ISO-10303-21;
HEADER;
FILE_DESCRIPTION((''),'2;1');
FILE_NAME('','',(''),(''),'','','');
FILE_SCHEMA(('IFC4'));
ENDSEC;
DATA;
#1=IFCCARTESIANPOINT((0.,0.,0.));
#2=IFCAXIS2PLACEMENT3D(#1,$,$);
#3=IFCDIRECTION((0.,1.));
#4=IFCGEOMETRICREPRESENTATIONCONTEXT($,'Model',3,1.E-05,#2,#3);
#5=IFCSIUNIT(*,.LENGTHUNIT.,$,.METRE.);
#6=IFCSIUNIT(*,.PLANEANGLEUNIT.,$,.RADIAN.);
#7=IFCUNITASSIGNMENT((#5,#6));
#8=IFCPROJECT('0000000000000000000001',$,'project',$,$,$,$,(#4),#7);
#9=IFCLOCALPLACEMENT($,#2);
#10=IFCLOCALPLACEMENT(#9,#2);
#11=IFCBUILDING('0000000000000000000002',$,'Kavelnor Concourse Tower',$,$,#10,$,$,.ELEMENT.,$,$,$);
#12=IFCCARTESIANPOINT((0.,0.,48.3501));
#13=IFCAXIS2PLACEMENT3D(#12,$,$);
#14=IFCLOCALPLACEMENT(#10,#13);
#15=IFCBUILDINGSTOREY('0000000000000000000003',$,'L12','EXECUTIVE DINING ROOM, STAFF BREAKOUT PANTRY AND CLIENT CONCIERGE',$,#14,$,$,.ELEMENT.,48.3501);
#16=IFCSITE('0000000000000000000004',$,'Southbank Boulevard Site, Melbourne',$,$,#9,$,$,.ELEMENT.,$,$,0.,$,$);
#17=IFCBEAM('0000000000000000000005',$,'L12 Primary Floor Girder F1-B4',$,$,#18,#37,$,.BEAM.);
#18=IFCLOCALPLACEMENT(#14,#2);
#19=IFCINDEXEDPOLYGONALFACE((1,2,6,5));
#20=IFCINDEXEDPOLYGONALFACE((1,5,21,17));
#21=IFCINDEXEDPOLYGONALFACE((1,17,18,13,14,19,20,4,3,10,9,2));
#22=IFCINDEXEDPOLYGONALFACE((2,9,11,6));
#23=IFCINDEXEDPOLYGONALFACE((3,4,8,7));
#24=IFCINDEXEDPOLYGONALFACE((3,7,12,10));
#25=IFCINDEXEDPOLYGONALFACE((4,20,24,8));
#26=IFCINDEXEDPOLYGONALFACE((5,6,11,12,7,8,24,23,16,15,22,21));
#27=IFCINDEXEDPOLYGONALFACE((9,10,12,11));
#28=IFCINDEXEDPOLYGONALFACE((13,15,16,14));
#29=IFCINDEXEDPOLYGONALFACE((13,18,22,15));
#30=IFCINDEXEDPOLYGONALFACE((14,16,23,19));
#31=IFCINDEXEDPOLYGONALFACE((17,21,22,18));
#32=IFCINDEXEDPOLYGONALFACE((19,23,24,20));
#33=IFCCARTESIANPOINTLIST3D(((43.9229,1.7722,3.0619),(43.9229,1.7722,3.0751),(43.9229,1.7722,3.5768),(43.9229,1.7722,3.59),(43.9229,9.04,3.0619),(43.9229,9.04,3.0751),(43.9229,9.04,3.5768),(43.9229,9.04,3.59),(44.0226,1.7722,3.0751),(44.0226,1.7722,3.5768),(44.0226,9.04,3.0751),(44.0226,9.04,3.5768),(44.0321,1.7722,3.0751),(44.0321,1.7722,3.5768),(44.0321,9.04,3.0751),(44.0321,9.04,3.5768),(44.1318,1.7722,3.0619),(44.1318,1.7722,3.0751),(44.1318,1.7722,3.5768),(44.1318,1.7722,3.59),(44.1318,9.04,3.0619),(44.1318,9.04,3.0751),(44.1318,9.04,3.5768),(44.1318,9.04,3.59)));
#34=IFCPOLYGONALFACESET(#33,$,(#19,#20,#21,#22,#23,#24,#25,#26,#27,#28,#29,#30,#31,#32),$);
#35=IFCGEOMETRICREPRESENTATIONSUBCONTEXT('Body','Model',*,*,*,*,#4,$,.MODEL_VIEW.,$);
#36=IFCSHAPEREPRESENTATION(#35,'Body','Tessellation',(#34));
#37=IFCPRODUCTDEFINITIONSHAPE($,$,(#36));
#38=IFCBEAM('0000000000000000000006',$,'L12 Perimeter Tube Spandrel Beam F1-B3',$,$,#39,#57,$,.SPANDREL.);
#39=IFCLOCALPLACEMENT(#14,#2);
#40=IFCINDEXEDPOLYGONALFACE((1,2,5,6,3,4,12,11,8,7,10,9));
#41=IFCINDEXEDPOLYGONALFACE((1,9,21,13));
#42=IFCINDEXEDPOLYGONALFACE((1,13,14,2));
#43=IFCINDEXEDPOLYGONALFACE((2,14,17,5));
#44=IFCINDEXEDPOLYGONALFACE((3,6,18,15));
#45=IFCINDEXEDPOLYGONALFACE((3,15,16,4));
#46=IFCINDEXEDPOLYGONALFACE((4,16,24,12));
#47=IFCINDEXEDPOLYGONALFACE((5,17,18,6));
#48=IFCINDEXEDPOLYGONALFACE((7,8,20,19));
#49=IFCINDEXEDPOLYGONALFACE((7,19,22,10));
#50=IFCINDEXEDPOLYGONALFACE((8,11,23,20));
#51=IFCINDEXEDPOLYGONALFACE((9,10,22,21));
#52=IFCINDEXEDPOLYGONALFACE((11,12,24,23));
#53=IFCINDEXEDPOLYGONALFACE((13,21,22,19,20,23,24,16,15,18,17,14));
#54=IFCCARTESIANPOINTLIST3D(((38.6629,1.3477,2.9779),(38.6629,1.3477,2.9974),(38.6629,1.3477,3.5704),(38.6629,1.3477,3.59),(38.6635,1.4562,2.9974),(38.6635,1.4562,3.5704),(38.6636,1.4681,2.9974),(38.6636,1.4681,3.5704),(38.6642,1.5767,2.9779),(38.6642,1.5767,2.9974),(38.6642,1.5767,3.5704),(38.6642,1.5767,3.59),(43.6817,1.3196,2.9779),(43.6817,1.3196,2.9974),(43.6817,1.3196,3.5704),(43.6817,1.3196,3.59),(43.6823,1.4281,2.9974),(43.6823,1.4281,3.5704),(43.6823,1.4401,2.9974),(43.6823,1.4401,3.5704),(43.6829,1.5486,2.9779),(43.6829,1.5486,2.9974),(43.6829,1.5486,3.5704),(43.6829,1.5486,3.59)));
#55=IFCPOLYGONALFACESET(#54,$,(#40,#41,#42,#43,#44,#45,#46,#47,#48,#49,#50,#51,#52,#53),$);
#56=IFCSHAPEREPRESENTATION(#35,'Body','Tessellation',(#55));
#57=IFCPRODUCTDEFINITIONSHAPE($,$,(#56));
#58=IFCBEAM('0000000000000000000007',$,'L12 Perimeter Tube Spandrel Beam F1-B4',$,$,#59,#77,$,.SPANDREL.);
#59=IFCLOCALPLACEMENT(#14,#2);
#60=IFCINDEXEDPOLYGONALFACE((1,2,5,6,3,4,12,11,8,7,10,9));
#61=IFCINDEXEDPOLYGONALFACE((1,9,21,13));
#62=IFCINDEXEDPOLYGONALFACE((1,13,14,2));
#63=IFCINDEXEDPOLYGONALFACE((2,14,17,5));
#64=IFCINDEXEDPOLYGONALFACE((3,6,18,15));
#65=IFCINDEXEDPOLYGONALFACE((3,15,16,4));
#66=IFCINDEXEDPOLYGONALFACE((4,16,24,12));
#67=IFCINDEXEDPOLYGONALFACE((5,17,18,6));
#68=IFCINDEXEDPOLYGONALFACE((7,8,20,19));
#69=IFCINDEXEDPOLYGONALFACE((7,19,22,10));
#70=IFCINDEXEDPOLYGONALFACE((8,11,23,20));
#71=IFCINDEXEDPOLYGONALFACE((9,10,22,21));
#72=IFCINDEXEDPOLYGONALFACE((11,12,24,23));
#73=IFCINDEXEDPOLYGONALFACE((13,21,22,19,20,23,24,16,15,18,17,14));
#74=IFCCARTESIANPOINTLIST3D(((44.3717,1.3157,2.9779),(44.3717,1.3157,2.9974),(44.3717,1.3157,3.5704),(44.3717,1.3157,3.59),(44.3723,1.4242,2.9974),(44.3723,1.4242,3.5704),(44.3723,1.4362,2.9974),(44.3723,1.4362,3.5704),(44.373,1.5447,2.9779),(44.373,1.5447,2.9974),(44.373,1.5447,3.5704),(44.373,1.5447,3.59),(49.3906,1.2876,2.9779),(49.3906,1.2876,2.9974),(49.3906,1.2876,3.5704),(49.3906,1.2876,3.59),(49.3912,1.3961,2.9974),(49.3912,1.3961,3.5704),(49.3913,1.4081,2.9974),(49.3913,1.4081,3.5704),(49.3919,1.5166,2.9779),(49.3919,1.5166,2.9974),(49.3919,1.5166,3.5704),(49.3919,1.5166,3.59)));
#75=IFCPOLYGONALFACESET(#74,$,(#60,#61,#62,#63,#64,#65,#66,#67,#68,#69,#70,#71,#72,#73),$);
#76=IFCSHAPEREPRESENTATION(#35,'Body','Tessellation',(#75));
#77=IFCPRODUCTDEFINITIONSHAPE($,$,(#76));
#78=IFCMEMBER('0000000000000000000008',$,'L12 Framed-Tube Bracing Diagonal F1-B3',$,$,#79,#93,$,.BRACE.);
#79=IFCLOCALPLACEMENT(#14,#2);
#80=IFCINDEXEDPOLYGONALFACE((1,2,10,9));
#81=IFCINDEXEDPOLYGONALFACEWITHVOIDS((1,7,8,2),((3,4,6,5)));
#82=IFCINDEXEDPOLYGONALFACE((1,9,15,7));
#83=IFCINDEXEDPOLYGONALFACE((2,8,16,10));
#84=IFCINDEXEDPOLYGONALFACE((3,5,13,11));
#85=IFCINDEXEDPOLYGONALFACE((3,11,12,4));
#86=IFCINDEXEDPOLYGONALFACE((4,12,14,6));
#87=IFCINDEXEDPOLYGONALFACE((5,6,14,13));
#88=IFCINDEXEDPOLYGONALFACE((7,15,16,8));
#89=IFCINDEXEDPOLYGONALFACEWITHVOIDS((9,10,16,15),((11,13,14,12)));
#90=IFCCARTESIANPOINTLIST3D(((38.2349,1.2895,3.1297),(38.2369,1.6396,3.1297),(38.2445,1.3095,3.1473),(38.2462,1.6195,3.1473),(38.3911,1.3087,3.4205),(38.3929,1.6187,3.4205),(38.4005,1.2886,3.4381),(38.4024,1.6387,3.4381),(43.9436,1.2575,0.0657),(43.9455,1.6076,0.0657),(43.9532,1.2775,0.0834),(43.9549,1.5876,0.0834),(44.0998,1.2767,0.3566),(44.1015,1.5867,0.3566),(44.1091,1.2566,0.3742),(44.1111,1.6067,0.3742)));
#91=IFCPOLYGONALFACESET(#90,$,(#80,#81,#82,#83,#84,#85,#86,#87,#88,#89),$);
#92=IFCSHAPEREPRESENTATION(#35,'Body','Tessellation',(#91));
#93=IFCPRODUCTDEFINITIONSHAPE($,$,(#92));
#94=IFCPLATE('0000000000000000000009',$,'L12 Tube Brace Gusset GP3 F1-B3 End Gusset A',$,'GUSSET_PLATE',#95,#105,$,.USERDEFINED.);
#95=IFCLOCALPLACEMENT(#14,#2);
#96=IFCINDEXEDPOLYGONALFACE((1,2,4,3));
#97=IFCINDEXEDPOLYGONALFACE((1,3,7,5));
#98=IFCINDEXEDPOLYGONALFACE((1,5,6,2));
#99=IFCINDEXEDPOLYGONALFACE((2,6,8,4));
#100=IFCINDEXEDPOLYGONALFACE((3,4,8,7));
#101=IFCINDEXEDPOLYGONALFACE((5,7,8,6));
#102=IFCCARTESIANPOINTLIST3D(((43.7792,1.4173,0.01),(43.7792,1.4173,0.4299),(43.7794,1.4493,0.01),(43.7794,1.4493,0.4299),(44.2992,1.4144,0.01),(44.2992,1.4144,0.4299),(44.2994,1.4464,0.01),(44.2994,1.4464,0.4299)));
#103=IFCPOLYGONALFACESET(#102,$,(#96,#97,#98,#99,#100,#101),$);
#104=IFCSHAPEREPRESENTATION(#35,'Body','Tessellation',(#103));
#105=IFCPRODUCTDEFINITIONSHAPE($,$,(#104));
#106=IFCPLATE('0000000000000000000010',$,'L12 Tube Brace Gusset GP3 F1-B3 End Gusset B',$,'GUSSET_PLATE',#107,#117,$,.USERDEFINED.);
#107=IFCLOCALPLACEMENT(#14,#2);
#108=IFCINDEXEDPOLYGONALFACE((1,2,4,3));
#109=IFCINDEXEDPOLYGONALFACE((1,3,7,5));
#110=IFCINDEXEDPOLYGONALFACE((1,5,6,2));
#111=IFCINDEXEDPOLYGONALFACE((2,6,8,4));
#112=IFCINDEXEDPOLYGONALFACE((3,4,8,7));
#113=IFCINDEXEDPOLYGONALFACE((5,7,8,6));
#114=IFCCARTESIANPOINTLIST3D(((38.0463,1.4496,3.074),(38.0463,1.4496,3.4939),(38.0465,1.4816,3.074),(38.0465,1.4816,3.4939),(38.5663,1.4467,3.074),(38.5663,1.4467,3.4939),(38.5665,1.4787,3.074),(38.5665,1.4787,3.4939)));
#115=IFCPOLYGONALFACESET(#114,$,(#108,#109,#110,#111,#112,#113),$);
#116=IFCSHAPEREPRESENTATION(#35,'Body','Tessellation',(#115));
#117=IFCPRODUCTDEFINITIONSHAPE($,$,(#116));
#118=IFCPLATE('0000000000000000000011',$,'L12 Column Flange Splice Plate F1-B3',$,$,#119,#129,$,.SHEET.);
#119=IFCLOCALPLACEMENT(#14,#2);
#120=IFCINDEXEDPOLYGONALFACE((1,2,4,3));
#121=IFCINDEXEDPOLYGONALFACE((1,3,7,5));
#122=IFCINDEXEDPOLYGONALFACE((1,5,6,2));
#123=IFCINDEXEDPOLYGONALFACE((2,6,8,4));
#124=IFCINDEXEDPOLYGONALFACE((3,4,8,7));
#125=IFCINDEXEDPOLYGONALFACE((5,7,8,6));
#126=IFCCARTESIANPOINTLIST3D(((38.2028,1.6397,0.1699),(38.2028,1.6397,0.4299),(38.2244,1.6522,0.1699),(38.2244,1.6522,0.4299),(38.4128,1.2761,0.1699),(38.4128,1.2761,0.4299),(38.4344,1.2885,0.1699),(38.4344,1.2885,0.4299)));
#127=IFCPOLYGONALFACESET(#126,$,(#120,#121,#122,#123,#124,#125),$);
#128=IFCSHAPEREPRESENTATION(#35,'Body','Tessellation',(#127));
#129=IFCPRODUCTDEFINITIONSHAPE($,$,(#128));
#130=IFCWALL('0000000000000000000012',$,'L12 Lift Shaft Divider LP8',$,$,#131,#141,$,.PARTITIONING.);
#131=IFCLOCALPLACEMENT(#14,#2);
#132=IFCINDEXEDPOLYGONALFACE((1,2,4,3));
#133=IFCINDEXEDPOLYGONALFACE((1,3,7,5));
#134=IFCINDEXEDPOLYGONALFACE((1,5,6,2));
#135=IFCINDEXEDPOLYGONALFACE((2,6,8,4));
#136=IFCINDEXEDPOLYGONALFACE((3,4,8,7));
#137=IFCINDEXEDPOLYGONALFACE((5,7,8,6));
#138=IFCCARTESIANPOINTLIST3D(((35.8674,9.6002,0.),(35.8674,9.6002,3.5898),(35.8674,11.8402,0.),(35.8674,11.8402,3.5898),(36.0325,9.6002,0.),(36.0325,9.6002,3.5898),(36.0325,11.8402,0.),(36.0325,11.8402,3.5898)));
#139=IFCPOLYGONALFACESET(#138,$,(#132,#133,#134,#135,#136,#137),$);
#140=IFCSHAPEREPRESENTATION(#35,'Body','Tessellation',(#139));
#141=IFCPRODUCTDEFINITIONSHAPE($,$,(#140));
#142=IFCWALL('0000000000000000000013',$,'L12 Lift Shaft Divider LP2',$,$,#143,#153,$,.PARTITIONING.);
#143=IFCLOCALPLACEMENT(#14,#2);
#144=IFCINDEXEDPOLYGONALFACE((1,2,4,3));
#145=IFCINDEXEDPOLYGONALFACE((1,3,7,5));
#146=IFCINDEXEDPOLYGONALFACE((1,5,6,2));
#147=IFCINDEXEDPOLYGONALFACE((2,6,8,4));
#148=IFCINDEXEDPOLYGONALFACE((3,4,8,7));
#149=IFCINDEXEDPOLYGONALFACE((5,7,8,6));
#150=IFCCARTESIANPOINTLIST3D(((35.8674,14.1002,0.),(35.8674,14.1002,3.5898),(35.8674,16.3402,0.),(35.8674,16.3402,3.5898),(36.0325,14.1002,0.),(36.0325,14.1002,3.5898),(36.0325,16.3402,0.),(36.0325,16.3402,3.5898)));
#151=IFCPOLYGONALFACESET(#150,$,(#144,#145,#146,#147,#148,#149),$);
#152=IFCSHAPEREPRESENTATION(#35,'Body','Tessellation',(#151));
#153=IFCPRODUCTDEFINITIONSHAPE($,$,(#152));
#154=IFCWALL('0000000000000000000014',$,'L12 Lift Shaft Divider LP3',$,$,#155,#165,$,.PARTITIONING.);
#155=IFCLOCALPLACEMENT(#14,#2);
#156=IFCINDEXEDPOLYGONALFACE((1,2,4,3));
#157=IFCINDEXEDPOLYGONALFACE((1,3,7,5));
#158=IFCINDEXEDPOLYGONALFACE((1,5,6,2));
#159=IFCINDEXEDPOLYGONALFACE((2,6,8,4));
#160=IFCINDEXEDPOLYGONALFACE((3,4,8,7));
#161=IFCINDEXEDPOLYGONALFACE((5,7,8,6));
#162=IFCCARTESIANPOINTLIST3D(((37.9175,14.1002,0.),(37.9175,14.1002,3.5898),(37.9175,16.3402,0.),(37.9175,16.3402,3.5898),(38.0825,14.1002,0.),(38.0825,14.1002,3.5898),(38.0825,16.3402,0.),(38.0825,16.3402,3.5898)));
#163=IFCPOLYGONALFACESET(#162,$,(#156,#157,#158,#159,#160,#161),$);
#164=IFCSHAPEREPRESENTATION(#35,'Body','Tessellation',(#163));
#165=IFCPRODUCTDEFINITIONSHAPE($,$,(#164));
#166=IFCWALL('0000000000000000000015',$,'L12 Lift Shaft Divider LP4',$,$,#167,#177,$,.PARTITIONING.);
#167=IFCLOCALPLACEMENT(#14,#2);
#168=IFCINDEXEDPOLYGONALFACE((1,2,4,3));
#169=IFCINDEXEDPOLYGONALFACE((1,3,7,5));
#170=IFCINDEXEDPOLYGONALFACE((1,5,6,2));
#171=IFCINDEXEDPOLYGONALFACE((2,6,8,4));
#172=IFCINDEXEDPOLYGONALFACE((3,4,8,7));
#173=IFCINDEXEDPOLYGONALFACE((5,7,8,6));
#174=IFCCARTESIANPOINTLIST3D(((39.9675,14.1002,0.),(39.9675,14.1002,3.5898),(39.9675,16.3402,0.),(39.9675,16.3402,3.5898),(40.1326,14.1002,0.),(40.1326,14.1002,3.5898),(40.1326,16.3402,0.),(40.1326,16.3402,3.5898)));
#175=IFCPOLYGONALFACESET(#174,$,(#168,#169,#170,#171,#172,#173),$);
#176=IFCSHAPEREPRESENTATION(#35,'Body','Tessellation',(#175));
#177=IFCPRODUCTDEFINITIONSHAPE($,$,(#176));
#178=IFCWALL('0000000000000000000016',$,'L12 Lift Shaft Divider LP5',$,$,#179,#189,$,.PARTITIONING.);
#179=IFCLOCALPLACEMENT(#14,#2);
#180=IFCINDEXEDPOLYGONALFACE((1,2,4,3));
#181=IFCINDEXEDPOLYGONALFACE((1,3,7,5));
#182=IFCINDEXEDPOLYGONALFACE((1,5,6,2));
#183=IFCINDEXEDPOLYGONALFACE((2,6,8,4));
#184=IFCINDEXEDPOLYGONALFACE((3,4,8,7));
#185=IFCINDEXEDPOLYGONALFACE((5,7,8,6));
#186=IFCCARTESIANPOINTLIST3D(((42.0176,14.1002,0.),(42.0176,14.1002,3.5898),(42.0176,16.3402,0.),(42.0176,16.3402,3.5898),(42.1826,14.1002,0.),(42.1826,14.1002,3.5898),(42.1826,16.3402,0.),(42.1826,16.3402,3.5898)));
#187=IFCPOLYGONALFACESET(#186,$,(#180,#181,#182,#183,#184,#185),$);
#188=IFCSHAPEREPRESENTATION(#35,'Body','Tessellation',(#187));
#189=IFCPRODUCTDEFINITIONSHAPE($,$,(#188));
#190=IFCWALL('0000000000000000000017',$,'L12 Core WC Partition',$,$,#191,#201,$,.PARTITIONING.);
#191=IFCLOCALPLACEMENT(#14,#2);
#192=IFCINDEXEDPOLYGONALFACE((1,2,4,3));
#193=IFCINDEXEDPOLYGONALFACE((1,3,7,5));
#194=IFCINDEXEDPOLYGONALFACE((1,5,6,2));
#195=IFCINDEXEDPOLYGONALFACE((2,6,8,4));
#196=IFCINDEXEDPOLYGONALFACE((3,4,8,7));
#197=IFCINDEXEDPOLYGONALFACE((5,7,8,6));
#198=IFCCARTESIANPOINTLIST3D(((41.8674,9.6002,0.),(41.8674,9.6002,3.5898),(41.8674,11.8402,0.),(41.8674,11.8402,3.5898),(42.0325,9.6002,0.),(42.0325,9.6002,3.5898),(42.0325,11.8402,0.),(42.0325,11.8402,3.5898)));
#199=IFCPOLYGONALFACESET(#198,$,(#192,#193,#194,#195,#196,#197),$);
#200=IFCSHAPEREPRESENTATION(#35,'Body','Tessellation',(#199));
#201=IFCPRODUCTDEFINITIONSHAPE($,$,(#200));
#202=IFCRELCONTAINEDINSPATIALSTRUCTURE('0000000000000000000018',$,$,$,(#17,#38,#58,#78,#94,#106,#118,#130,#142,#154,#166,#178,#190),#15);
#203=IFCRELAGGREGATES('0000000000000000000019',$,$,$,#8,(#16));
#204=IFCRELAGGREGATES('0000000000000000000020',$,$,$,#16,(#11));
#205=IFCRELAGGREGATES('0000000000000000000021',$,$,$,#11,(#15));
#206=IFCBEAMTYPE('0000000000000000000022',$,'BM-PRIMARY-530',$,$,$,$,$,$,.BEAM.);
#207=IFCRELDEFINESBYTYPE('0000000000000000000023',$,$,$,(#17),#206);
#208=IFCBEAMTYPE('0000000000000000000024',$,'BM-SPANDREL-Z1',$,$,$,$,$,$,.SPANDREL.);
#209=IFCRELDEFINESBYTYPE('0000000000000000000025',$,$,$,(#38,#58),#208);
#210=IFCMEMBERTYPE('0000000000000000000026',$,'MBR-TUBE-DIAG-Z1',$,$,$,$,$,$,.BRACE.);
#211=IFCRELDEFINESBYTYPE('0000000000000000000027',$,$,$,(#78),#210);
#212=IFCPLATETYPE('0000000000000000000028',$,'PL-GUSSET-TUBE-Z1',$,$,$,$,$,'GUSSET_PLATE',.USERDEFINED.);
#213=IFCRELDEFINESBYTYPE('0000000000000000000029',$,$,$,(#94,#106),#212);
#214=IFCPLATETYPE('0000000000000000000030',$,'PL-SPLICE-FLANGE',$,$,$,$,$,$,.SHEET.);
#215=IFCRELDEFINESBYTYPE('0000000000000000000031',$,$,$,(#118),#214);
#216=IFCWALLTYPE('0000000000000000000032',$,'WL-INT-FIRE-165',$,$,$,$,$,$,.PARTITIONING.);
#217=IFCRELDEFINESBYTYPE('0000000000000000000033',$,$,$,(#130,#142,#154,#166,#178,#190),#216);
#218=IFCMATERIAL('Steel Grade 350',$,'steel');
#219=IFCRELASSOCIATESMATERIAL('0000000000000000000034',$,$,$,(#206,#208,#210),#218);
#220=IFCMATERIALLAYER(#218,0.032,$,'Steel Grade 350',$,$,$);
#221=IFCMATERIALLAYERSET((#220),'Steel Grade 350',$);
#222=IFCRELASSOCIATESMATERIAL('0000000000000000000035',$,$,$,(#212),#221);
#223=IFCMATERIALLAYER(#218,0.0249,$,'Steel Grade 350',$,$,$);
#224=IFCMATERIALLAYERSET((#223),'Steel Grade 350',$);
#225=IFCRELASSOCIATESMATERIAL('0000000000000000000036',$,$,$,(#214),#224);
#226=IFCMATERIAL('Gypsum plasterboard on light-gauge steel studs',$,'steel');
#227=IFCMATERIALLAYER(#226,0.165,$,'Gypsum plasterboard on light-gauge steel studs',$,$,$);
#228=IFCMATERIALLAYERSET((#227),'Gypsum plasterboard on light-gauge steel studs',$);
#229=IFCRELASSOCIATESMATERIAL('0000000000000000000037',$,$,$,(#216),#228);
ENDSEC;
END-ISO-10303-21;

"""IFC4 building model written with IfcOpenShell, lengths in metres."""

from ifc_helpers import new_model, si_unit, direction, frame, frame_2d, origin, origin_2d, place, context, subcontext, project, spatial, rectangle, hollow_rectangle, i_section, extrude, material, layer, layer_set, material_profile, profile_set, type_object, element, save


model = new_model("IFC4")

# Units and contexts
model_context = context("Model", 3, precision=1e-05, world=origin(), true_north=direction((0.0, 1.0)))
body_context = subcontext(model_context, "Body", "Model", "MODEL_VIEW")
ifc_project = project(units=[si_unit("LENGTHUNIT", "METRE"), si_unit("PLANEANGLEUNIT", "RADIAN")], contexts=[model_context])

# Site, building, storey
site_placement = place(None, origin())
site = spatial("IfcSite", under=ifc_project, at=site_placement, Name="Southbank Boulevard Site, Melbourne", CompositionType="ELEMENT", RefElevation=0.0)
building_placement = place(site_placement, origin())
building = spatial("IfcBuilding", under=site, at=building_placement, Name="Kavelnor Concourse Tower", CompositionType="ELEMENT")
storey_placement = place(building_placement, frame((0.0, 0.0, 48.3501)))
storey = spatial("IfcBuildingStorey", under=building, at=storey_placement, Name="L12", Description="EXECUTIVE DINING ROOM, STAFF BREAKOUT PANTRY AND CLIENT CONCIERGE", CompositionType="ELEMENT", Elevation=48.3501)

# Shared definitions
ifc_material_1 = material(Name="Steel Grade 350", Category="steel")

# Beams
ifc_material_profile_1 = material_profile(ifc_material_1, i_section(OverallWidth=0.209, OverallDepth=0.5281, WebThickness=0.0095, FlangeThickness=0.0132, at=origin_2d()), Name="530UB82")
ifc_profile_set_1 = profile_set([ifc_material_profile_1], Name="Steel Grade 350")
beam_type_1 = type_object("IfcBeamType", Name="BM-PRIMARY-530", PredefinedType="BEAM", material=ifc_profile_set_1)
beam_1_placement = place(storey_placement, frame((44.0273, 9.04, 3.3259), z_axis=(0.0, -1.0, 0.0), x_axis=(1.0, 0.0, 0.0)))
element("IfcBeam", 1, at=beam_1_placement, inside=storey, type_object=beam_type_1, Name="L12 Primary Floor Girder F1-B4", PredefinedType="BEAM", context=body_context, shape_type="SweptSolid", body=[
    extrude(i_section(OverallWidth=0.209, OverallDepth=0.5281, WebThickness=0.0095, FlangeThickness=0.0132, at=origin_2d()), origin(), (0.0, 0.0, 1.0), 7.2678),
])
ifc_material_profile_2 = material_profile(ifc_material_1, i_section(OverallWidth=0.229, OverallDepth=0.6121, WebThickness=0.012, FlangeThickness=0.0195, at=origin_2d()), Name="610UB125")
ifc_profile_set_2 = profile_set([ifc_material_profile_2], Name="Steel Grade 350")
beam_type_2 = type_object("IfcBeamType", Name="BM-SPANDREL-Z1", PredefinedType="SPANDREL", material=ifc_profile_set_2)
beam_2_placement = place(storey_placement, frame((38.6636, 1.4622, 3.2839), z_axis=(0.999984, -0.005594, 0.0), x_axis=(0.005594, 0.999984, 0.0)))
element("IfcBeam", 2, at=beam_2_placement, inside=storey, type_object=beam_type_2, Name="L12 Perimeter Tube Spandrel Beam F1-B3", PredefinedType="SPANDREL", context=body_context, shape_type="SweptSolid", body=[
    extrude(i_section(OverallWidth=0.229, OverallDepth=0.6121, WebThickness=0.012, FlangeThickness=0.0195, at=origin_2d()), origin(), (0.0, 0.0, 1.0), 5.0188),
])
beam_3_placement = place(storey_placement, frame((44.3723, 1.4302, 3.2839), z_axis=(0.999984, -0.005594, 0.0), x_axis=(0.005594, 0.999984, 0.0)))
element("IfcBeam", 3, at=beam_3_placement, inside=storey, type_object=beam_type_2, Name="L12 Perimeter Tube Spandrel Beam F1-B4", PredefinedType="SPANDREL", context=body_context, shape_type="SweptSolid", body=[
    extrude(i_section(OverallWidth=0.229, OverallDepth=0.6121, WebThickness=0.012, FlangeThickness=0.0195, at=origin_2d()), origin(), (0.0, 0.0, 1.0), 5.019),
])

# Member
ifc_material_profile_3 = material_profile(ifc_material_1, hollow_rectangle(XDim=0.3501, YDim=0.3501, WallThickness=0.02, at=origin_2d()), Name="SHS 350x350x20")
ifc_profile_set_3 = profile_set([ifc_material_profile_3], Name="Steel Grade 350")
member_type = type_object("IfcMemberType", Name="MBR-TUBE-DIAG-Z1", PredefinedType="BRACE", material=ifc_profile_set_3)
member_placement = place(storey_placement, frame((44.0273, 1.4321, 0.22), z_axis=(-0.881102, 0.004936, 0.4729), x_axis=(-0.005602, -0.999984, 0.0)))
element("IfcMember", 4, at=member_placement, inside=storey, type_object=member_type, Name="L12 Framed-Tube Bracing Diagonal F1-B3", PredefinedType="BRACE", context=body_context, shape_type="SweptSolid", body=[
    extrude(hollow_rectangle(XDim=0.3501, YDim=0.3501, WallThickness=0.02, at=origin_2d()), origin(), (0.0, 0.0, 1.0), 6.479),
])

# Plates
ifc_layer_1 = layer(ifc_material_1, 0.032, Name="Steel Grade 350")
ifc_layer_set_1 = layer_set([ifc_layer_1], Name="Steel Grade 350")
plate_type_1 = type_object("IfcPlateType", Name="PL-GUSSET-TUBE-Z1", ElementType="GUSSET_PLATE", PredefinedType="USERDEFINED", material=ifc_layer_set_1)
for number, where, z_axis, x_axis, name in (
    (5, (44.0393, 1.4319, 0.01), (0.0, 0.0, 1.0), (-0.999984, 0.005585, 0.0), "L12 Tube Brace Gusset GP3 F1-B3 End Gusset A"),
    (6, (38.3064, 1.4641, 3.074), (0.0, 0.0, 1.0), (-0.999984, 0.005585, 0.0), "L12 Tube Brace Gusset GP3 F1-B3 End Gusset B"),
):
    element("IfcPlate", number, at=place(storey_placement, frame(where, z_axis=z_axis, x_axis=x_axis)), inside=storey, type_object=plate_type_1, Name=name, ObjectType="GUSSET_PLATE", PredefinedType="USERDEFINED", context=body_context, shape_type="SweptSolid", body=[
        extrude(rectangle(XDim=0.52, YDim=0.032, at=origin_2d()), origin(), (0.0, 0.0, 1.0), 0.4199),
    ])
ifc_layer_2 = layer(ifc_material_1, 0.0249, Name="Steel Grade 350")
ifc_layer_set_2 = layer_set([ifc_layer_2], Name="Steel Grade 350")
plate_type_2 = type_object("IfcPlateType", Name="PL-SPLICE-FLANGE", PredefinedType="SHEET", material=ifc_layer_set_2)
plate_placement = place(storey_placement, frame((38.3186, 1.4641, 0.1699), z_axis=(0.0, 0.0, 1.0), x_axis=(-0.5, 0.866025, 0.0)))
element("IfcPlate", 7, at=plate_placement, inside=storey, type_object=plate_type_2, Name="L12 Column Flange Splice Plate F1-B3", PredefinedType="SHEET", context=body_context, shape_type="SweptSolid", body=[
    extrude(rectangle(XDim=0.4199, YDim=0.0249, at=origin_2d()), origin(), (0.0, 0.0, 1.0), 0.26),
])

# Walls
ifc_material_2 = material(Name="Gypsum plasterboard on light-gauge steel studs", Category="steel")
ifc_layer_3 = layer(ifc_material_2, 0.165, Name="Gypsum plasterboard on light-gauge steel studs")
ifc_layer_set_3 = layer_set([ifc_layer_3], Name="Gypsum plasterboard on light-gauge steel studs")
wall_type_1 = type_object("IfcWallType", Name="WL-INT-FIRE-165", PredefinedType="PARTITIONING", material=ifc_layer_set_3)
for number, where, z_axis, x_axis, name in (
    (8, (35.95, 9.6001, 0.0), (0.0, 0.0, 1.0), (0.0, 1.0, 0.0), "L12 Lift Shaft Divider LP8"),
    (9, (35.95, 14.1001, 0.0), (0.0, 0.0, 1.0), (0.0, 1.0, 0.0), "L12 Lift Shaft Divider LP2"),
    (10, (38.0, 14.1001, 0.0), (0.0, 0.0, 1.0), (0.0, 1.0, 0.0), "L12 Lift Shaft Divider LP3"),
    (11, (40.05, 14.1001, 0.0), (0.0, 0.0, 1.0), (0.0, 1.0, 0.0), "L12 Lift Shaft Divider LP4"),
    (12, (42.1001, 14.1001, 0.0), (0.0, 0.0, 1.0), (0.0, 1.0, 0.0), "L12 Lift Shaft Divider LP5"),
    (13, (41.95, 9.6001, 0.0), (0.0, 0.0, 1.0), (0.0, 1.0, 0.0), "L12 Core WC Partition"),
):
    element("IfcWall", number, at=place(storey_placement, frame(where, z_axis=z_axis, x_axis=x_axis)), inside=storey, type_object=wall_type_1, Name=name, PredefinedType="PARTITIONING", context=body_context, shape_type="SweptSolid", body=[
        extrude(rectangle(XDim=2.24, YDim=0.165, at=frame_2d((1.1201, 0.0))), origin(), (0.0, 0.0, 1.0), 3.5898),
    ])

save(model, "model.ifc")
